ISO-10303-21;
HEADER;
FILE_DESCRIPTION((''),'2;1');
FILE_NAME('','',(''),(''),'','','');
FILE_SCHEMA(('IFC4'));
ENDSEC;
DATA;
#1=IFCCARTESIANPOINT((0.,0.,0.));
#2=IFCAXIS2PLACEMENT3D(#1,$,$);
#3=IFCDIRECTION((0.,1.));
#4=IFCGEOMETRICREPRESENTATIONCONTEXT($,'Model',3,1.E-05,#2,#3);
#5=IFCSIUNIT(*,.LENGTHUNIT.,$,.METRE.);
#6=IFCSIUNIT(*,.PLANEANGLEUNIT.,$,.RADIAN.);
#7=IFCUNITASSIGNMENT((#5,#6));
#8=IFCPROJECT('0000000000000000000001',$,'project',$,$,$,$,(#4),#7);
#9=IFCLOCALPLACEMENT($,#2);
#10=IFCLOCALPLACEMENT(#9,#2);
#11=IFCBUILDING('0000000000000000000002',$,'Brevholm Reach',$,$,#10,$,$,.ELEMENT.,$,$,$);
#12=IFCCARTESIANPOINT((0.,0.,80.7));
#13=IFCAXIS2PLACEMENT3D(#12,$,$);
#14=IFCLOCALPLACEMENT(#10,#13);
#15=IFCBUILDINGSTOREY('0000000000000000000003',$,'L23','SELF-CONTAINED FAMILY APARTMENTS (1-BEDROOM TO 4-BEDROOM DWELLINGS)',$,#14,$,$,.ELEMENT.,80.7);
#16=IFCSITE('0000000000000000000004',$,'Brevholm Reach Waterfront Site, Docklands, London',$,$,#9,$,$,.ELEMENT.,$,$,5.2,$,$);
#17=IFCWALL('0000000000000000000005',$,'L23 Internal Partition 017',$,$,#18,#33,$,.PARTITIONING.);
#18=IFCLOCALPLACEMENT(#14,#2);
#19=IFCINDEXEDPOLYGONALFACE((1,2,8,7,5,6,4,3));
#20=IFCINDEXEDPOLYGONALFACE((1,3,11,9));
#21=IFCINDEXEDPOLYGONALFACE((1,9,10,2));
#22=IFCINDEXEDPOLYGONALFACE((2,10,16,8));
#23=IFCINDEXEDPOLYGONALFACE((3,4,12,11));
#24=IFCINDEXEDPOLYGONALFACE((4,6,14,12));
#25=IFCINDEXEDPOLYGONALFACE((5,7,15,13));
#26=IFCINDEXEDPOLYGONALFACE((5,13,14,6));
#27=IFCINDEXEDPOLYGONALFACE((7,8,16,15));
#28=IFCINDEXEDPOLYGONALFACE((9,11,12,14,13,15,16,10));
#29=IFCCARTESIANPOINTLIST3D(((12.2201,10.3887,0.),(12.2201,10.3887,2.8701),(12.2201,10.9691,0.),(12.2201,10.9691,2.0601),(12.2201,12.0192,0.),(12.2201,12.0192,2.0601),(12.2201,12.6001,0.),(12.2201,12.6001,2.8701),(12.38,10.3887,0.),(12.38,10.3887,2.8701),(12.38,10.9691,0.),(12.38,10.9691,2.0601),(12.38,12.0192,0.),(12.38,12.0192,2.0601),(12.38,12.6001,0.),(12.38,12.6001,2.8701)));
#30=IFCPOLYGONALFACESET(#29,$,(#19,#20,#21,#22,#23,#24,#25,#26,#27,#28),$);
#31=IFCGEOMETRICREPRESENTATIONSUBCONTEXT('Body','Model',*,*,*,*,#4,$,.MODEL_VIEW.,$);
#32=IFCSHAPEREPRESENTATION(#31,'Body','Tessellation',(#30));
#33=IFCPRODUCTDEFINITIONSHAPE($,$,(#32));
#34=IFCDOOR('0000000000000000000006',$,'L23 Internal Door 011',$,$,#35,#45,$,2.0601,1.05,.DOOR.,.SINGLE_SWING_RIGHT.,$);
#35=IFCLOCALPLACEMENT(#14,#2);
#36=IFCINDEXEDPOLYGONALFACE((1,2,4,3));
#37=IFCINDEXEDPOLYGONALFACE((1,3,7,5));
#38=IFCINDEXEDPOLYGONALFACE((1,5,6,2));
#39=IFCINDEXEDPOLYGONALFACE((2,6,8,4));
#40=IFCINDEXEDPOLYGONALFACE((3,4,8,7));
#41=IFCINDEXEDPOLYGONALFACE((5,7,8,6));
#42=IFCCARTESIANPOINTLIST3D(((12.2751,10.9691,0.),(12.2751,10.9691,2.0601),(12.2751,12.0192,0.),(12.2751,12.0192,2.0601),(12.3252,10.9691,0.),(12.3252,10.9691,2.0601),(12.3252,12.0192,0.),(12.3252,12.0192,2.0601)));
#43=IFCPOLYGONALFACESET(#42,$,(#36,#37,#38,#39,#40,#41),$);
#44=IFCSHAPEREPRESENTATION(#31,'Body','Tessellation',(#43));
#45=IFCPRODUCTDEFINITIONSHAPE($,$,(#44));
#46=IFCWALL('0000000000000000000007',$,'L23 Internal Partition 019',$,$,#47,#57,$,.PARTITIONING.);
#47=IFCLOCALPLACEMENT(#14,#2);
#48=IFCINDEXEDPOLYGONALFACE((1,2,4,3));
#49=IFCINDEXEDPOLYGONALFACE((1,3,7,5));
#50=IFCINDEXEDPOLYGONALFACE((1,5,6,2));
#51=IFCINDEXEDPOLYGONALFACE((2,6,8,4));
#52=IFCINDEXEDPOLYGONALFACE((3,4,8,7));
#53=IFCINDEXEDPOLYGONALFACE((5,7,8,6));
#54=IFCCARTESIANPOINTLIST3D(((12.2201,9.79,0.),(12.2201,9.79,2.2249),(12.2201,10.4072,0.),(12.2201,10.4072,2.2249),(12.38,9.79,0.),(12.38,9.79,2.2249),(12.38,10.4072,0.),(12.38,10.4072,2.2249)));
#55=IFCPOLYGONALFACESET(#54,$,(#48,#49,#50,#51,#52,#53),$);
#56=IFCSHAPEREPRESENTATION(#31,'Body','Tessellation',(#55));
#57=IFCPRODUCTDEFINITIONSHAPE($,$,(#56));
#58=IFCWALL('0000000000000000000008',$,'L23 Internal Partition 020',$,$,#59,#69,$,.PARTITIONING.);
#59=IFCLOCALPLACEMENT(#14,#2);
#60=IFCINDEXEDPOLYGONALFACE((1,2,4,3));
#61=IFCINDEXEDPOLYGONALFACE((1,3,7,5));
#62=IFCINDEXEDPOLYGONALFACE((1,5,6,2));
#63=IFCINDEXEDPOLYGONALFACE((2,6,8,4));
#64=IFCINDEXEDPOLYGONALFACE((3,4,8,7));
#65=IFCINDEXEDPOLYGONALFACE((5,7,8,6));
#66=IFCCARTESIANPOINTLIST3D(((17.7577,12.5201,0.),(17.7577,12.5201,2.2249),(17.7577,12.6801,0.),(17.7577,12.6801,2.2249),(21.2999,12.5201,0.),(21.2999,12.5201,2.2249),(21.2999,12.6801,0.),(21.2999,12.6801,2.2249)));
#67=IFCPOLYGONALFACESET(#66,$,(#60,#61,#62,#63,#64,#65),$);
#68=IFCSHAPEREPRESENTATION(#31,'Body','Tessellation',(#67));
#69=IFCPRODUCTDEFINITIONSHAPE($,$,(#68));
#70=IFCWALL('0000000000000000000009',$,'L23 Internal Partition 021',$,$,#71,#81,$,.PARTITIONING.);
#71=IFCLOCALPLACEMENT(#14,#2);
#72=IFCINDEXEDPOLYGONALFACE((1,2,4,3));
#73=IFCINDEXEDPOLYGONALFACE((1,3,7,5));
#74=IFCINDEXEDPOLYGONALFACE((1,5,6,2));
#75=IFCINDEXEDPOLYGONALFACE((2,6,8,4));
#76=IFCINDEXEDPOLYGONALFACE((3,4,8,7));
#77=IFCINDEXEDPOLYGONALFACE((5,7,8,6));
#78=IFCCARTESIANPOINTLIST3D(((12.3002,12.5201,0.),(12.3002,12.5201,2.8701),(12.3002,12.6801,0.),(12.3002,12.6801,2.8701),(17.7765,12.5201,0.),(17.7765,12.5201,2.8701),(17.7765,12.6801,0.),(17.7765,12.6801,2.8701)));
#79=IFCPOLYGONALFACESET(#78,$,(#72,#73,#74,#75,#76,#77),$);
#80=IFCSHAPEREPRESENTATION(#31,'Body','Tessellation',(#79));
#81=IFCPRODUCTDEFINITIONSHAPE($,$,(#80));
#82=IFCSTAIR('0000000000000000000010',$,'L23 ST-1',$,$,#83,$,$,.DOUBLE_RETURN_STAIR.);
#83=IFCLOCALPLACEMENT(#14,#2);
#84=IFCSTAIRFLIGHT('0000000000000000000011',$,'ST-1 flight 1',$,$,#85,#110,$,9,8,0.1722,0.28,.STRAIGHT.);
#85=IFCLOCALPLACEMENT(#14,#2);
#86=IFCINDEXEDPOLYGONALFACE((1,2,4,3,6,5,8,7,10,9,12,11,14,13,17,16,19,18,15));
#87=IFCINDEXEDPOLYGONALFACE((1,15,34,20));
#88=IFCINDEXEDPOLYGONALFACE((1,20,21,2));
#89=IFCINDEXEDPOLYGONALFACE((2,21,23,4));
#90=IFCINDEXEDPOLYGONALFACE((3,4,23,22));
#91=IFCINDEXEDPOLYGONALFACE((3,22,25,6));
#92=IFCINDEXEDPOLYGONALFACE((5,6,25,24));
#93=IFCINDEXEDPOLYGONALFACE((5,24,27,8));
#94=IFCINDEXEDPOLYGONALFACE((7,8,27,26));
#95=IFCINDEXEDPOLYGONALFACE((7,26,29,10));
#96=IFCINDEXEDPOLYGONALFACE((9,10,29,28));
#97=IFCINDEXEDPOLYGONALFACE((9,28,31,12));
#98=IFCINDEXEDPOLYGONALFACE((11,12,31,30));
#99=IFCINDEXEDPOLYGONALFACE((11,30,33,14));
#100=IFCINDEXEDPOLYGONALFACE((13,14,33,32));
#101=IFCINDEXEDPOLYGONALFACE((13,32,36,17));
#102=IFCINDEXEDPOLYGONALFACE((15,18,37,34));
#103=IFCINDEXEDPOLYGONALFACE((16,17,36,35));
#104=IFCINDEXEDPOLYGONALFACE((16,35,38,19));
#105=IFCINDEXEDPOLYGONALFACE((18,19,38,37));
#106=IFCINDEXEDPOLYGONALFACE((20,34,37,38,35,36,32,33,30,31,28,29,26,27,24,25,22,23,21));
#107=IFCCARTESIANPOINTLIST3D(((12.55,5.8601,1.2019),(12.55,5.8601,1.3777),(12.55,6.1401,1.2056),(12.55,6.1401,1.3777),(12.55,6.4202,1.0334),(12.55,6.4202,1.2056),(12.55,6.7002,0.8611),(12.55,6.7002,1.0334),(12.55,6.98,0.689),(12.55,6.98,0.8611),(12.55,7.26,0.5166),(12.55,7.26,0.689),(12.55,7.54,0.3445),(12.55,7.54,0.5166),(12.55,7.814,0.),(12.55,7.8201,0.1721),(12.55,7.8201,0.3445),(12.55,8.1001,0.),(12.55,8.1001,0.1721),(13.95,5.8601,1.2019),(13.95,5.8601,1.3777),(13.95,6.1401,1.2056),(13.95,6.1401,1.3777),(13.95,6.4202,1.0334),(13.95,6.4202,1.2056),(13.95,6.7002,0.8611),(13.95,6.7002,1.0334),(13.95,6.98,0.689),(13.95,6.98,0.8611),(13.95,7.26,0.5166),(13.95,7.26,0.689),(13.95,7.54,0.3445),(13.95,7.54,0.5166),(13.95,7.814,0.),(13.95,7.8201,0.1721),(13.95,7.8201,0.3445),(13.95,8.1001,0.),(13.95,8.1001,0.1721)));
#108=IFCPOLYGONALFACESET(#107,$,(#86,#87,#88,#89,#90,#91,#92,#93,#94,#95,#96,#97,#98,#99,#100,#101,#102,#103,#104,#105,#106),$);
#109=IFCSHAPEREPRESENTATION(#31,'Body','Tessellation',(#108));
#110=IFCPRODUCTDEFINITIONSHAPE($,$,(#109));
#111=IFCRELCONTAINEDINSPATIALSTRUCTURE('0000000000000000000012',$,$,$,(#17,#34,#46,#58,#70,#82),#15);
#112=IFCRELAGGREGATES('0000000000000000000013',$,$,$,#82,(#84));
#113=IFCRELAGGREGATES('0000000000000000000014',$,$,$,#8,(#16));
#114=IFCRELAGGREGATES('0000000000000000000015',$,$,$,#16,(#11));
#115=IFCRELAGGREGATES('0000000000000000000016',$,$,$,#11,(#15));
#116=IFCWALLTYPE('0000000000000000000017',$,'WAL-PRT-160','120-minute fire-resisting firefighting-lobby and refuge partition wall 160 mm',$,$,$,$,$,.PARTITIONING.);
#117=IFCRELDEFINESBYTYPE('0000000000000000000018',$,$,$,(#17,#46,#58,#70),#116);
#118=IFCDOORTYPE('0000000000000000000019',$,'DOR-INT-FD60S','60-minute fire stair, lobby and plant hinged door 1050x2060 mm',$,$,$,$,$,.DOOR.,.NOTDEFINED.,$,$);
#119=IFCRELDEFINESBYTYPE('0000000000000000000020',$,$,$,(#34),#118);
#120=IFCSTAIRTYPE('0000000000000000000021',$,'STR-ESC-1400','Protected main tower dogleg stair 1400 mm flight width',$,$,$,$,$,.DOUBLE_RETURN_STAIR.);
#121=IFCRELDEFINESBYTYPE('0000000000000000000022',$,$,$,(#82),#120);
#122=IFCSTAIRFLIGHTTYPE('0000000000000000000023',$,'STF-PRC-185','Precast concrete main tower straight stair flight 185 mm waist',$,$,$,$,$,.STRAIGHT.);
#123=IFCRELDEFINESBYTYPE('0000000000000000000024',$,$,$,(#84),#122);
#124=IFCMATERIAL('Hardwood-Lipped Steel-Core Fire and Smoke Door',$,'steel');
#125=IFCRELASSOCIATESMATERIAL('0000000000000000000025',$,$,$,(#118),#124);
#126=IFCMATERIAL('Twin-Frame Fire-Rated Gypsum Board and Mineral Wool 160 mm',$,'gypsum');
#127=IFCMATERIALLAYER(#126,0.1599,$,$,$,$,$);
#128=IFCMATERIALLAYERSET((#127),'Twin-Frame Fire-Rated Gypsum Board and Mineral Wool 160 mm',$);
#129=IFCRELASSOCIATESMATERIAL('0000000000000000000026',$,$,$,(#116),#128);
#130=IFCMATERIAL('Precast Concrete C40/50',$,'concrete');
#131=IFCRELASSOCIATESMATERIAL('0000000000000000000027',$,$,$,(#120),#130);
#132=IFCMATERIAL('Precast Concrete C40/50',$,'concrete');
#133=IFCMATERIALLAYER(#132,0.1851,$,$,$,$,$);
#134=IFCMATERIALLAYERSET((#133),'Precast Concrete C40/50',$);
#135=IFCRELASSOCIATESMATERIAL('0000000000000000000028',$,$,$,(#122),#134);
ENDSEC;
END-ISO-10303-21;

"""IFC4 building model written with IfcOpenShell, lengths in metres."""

from ifc_helpers import new_model, si_unit, direction, frame, frame_2d, origin, place, context, subcontext, project, spatial, polyline, rectangle, outline, extrude, material, layer, layer_set, type_object, element, fill, aggregate, save


model = new_model("IFC4")

# Units and contexts
model_context = context("Model", 3, precision=1e-05, world=origin(), true_north=direction((0.0, 1.0)))
body_context = subcontext(model_context, "Body", "Model", "MODEL_VIEW")
ifc_project = project(units=[si_unit("LENGTHUNIT", "METRE"), si_unit("PLANEANGLEUNIT", "RADIAN")], contexts=[model_context])

# Site, building, storey
site_placement = place(None, origin())
site = spatial("IfcSite", under=ifc_project, at=site_placement, Name="Brevholm Reach Waterfront Site, Docklands, London", CompositionType="ELEMENT", RefElevation=5.2)
building_placement = place(site_placement, origin())
building = spatial("IfcBuilding", under=site, at=building_placement, Name="Brevholm Reach", CompositionType="ELEMENT")
storey_placement = place(building_placement, frame((0.0, 0.0, 80.7)))
storey = spatial("IfcBuildingStorey", under=building, at=storey_placement, Name="L23", Description="SELF-CONTAINED FAMILY APARTMENTS (1-BEDROOM TO 4-BEDROOM DWELLINGS)", CompositionType="ELEMENT", Elevation=80.7)

# Shared definitions
ifc_material_1 = material(Name="Hardwood-Lipped Steel-Core Fire and Smoke Door", Category="steel")
door_type_1 = type_object("IfcDoorType", Name="DOR-INT-FD60S", Description="60-minute fire stair, lobby and plant hinged door 1050x2060 mm", OperationType="NOTDEFINED", PredefinedType="DOOR", material=ifc_material_1)

# Wall, opening, door
ifc_material_2 = material(Name="Twin-Frame Fire-Rated Gypsum Board and Mineral Wool 160 mm", Category="gypsum")
ifc_layer_1 = layer(ifc_material_2, 0.1599)
ifc_layer_set_1 = layer_set([ifc_layer_1], Name="Twin-Frame Fire-Rated Gypsum Board and Mineral Wool 160 mm")
wall_type_1 = type_object("IfcWallType", Name="WAL-PRT-160", Description="120-minute fire-resisting firefighting-lobby and refuge partition wall 160 mm", PredefinedType="PARTITIONING", material=ifc_layer_set_1)
wall_1_placement = place(storey_placement, frame((12.3, 10.3887, 0.0), z_axis=(0.0, 0.0, 1.0), x_axis=(0.0, 1.0, 0.0)))
wall_1 = element("IfcWall", 1, at=wall_1_placement, inside=storey, type_object=wall_type_1, Name="L23 Internal Partition 017", PredefinedType="PARTITIONING", context=body_context, shape_type="SweptSolid", body=[
    extrude(rectangle(XDim=2.2114, YDim=0.1599, at=frame_2d((1.1057, 0.0))), origin(), (0.0, 0.0, 1.0), 2.8701),
])
opening_1_placement = place(wall_1_placement, frame((0.5806, 0.0, 0.0)))
opening_1 = element("IfcOpeningElement", 2, at=opening_1_placement, cuts=wall_1, PredefinedType="OPENING", context=body_context, shape_type="SweptSolid", body=[
    extrude(rectangle(XDim=1.05, YDim=2.0601, at=frame_2d((0.5249, 1.03))), frame((0.0, 0.0898, 0.0), z_axis=(0.0, -1.0, 0.0), x_axis=(1.0, 0.0, 0.0)), (0.0, 0.0, 1.0), 0.1799),
])
door_1_placement = place(opening_1_placement, origin())
door_1 = element("IfcDoor", 3, at=door_1_placement, inside=storey, type_object=door_type_1, Name="L23 Internal Door 011", OperationType="SINGLE_SWING_RIGHT", OverallHeight=2.0601, OverallWidth=1.05, PredefinedType="DOOR", context=body_context, shape_type="SweptSolid", body=[
    extrude(rectangle(XDim=1.05, YDim=2.0601, at=frame_2d((0.5249, 1.03))), frame((0.0, 0.0249, 0.0), z_axis=(0.0, -1.0, 0.0), x_axis=(1.0, 0.0, 0.0)), (0.0, 0.0, 1.0), 0.05),
])
fill(opening_1, door_1)

# Walls
wall_2_placement = place(storey_placement, frame((12.3, 9.79, 0.0), z_axis=(0.0, 0.0, 1.0), x_axis=(0.0, 1.0, 0.0)))
element("IfcWall", 4, at=wall_2_placement, inside=storey, type_object=wall_type_1, Name="L23 Internal Partition 019", PredefinedType="PARTITIONING", context=body_context, shape_type="SweptSolid", body=[
    extrude(rectangle(XDim=0.6172, YDim=0.1599, at=frame_2d((0.3086, 0.0))), origin(), (0.0, 0.0, 1.0), 2.2249),
])
wall_3_placement = place(storey_placement, frame((17.7578, 12.6001, 0.0), z_axis=(0.0, 0.0, 1.0), x_axis=(1.0, 0.0, 0.0)))
element("IfcWall", 5, at=wall_3_placement, inside=storey, type_object=wall_type_1, Name="L23 Internal Partition 020", PredefinedType="PARTITIONING", context=body_context, shape_type="SweptSolid", body=[
    extrude(rectangle(XDim=3.5422, YDim=0.1599, at=frame_2d((1.771, 0.0))), origin(), (0.0, 0.0, 1.0), 2.2249),
])
wall_4_placement = place(storey_placement, frame((12.3, 12.6001, 0.0), z_axis=(0.0, 0.0, 1.0), x_axis=(1.0, 0.0, 0.0)))
element("IfcWall", 6, at=wall_4_placement, inside=storey, type_object=wall_type_1, Name="L23 Internal Partition 021", PredefinedType="PARTITIONING", context=body_context, shape_type="SweptSolid", body=[
    extrude(rectangle(XDim=5.4763, YDim=0.1599, at=frame_2d((2.7383, 0.0))), origin(), (0.0, 0.0, 1.0), 2.8701),
])

# Stair, stair flight
ifc_material_3 = material(Name="Precast Concrete C40/50", Category="concrete")
stair_type = type_object("IfcStairType", Name="STR-ESC-1400", Description="Protected main tower dogleg stair 1400 mm flight width", PredefinedType="DOUBLE_RETURN_STAIR", material=ifc_material_3)
stair_placement = place(storey_placement, origin())
stair = element("IfcStair", 7, at=stair_placement, inside=storey, type_object=stair_type, Name="L23 ST-1", PredefinedType="DOUBLE_RETURN_STAIR")
ifc_material_4 = material(Name="Precast Concrete C40/50", Category="concrete")
ifc_layer_2 = layer(ifc_material_4, 0.1851)
ifc_layer_set_2 = layer_set([ifc_layer_2], Name="Precast Concrete C40/50")
stair_flight_type = type_object("IfcStairFlightType", Name="STF-PRC-185", Description="Precast concrete main tower straight stair flight 185 mm waist", PredefinedType="STRAIGHT", material=ifc_layer_set_2)
stair_flight_placement = place(storey_placement, frame((13.25, 8.1001, 0.0), z_axis=(0.0, 0.0, 1.0), x_axis=(0.0, -1.0, 0.0)))
stair_flight = element("IfcStairFlight", 8, at=stair_flight_placement, type_object=stair_flight_type, Name="ST-1 flight 1", NumberOfRisers=9, NumberOfTreads=8, PredefinedType="STRAIGHT", RiserHeight=0.1722, TreadLength=0.28, context=body_context, shape_type="SweptSolid", body=[
    extrude(outline(polyline([(0.0, 0.0), (0.0, 0.1721), (0.28, 0.1721), (0.28, 0.3445), (0.5601, 0.3445), (0.5601, 0.5166), (0.8401, 0.5166), (0.8401, 0.689), (1.1201, 0.689), (1.1201, 0.8611), (1.3999, 0.8611), (1.3999, 1.0334), (1.6799, 1.0334), (1.6799, 1.2056), (1.96, 1.2056), (1.96, 1.3777), (2.24, 1.3777), (2.24, 1.55), (2.24, 1.2019), (0.2861, 0.0), (0.0, 0.0)])), frame((0.0, 0.7, 0.0), z_axis=(0.0, -1.0, 0.0), x_axis=(1.0, 0.0, 0.0)), (0.0, 0.0, 1.0), 1.3999),
])
aggregate(stair, [stair_flight])

save(model, "model.ifc")
